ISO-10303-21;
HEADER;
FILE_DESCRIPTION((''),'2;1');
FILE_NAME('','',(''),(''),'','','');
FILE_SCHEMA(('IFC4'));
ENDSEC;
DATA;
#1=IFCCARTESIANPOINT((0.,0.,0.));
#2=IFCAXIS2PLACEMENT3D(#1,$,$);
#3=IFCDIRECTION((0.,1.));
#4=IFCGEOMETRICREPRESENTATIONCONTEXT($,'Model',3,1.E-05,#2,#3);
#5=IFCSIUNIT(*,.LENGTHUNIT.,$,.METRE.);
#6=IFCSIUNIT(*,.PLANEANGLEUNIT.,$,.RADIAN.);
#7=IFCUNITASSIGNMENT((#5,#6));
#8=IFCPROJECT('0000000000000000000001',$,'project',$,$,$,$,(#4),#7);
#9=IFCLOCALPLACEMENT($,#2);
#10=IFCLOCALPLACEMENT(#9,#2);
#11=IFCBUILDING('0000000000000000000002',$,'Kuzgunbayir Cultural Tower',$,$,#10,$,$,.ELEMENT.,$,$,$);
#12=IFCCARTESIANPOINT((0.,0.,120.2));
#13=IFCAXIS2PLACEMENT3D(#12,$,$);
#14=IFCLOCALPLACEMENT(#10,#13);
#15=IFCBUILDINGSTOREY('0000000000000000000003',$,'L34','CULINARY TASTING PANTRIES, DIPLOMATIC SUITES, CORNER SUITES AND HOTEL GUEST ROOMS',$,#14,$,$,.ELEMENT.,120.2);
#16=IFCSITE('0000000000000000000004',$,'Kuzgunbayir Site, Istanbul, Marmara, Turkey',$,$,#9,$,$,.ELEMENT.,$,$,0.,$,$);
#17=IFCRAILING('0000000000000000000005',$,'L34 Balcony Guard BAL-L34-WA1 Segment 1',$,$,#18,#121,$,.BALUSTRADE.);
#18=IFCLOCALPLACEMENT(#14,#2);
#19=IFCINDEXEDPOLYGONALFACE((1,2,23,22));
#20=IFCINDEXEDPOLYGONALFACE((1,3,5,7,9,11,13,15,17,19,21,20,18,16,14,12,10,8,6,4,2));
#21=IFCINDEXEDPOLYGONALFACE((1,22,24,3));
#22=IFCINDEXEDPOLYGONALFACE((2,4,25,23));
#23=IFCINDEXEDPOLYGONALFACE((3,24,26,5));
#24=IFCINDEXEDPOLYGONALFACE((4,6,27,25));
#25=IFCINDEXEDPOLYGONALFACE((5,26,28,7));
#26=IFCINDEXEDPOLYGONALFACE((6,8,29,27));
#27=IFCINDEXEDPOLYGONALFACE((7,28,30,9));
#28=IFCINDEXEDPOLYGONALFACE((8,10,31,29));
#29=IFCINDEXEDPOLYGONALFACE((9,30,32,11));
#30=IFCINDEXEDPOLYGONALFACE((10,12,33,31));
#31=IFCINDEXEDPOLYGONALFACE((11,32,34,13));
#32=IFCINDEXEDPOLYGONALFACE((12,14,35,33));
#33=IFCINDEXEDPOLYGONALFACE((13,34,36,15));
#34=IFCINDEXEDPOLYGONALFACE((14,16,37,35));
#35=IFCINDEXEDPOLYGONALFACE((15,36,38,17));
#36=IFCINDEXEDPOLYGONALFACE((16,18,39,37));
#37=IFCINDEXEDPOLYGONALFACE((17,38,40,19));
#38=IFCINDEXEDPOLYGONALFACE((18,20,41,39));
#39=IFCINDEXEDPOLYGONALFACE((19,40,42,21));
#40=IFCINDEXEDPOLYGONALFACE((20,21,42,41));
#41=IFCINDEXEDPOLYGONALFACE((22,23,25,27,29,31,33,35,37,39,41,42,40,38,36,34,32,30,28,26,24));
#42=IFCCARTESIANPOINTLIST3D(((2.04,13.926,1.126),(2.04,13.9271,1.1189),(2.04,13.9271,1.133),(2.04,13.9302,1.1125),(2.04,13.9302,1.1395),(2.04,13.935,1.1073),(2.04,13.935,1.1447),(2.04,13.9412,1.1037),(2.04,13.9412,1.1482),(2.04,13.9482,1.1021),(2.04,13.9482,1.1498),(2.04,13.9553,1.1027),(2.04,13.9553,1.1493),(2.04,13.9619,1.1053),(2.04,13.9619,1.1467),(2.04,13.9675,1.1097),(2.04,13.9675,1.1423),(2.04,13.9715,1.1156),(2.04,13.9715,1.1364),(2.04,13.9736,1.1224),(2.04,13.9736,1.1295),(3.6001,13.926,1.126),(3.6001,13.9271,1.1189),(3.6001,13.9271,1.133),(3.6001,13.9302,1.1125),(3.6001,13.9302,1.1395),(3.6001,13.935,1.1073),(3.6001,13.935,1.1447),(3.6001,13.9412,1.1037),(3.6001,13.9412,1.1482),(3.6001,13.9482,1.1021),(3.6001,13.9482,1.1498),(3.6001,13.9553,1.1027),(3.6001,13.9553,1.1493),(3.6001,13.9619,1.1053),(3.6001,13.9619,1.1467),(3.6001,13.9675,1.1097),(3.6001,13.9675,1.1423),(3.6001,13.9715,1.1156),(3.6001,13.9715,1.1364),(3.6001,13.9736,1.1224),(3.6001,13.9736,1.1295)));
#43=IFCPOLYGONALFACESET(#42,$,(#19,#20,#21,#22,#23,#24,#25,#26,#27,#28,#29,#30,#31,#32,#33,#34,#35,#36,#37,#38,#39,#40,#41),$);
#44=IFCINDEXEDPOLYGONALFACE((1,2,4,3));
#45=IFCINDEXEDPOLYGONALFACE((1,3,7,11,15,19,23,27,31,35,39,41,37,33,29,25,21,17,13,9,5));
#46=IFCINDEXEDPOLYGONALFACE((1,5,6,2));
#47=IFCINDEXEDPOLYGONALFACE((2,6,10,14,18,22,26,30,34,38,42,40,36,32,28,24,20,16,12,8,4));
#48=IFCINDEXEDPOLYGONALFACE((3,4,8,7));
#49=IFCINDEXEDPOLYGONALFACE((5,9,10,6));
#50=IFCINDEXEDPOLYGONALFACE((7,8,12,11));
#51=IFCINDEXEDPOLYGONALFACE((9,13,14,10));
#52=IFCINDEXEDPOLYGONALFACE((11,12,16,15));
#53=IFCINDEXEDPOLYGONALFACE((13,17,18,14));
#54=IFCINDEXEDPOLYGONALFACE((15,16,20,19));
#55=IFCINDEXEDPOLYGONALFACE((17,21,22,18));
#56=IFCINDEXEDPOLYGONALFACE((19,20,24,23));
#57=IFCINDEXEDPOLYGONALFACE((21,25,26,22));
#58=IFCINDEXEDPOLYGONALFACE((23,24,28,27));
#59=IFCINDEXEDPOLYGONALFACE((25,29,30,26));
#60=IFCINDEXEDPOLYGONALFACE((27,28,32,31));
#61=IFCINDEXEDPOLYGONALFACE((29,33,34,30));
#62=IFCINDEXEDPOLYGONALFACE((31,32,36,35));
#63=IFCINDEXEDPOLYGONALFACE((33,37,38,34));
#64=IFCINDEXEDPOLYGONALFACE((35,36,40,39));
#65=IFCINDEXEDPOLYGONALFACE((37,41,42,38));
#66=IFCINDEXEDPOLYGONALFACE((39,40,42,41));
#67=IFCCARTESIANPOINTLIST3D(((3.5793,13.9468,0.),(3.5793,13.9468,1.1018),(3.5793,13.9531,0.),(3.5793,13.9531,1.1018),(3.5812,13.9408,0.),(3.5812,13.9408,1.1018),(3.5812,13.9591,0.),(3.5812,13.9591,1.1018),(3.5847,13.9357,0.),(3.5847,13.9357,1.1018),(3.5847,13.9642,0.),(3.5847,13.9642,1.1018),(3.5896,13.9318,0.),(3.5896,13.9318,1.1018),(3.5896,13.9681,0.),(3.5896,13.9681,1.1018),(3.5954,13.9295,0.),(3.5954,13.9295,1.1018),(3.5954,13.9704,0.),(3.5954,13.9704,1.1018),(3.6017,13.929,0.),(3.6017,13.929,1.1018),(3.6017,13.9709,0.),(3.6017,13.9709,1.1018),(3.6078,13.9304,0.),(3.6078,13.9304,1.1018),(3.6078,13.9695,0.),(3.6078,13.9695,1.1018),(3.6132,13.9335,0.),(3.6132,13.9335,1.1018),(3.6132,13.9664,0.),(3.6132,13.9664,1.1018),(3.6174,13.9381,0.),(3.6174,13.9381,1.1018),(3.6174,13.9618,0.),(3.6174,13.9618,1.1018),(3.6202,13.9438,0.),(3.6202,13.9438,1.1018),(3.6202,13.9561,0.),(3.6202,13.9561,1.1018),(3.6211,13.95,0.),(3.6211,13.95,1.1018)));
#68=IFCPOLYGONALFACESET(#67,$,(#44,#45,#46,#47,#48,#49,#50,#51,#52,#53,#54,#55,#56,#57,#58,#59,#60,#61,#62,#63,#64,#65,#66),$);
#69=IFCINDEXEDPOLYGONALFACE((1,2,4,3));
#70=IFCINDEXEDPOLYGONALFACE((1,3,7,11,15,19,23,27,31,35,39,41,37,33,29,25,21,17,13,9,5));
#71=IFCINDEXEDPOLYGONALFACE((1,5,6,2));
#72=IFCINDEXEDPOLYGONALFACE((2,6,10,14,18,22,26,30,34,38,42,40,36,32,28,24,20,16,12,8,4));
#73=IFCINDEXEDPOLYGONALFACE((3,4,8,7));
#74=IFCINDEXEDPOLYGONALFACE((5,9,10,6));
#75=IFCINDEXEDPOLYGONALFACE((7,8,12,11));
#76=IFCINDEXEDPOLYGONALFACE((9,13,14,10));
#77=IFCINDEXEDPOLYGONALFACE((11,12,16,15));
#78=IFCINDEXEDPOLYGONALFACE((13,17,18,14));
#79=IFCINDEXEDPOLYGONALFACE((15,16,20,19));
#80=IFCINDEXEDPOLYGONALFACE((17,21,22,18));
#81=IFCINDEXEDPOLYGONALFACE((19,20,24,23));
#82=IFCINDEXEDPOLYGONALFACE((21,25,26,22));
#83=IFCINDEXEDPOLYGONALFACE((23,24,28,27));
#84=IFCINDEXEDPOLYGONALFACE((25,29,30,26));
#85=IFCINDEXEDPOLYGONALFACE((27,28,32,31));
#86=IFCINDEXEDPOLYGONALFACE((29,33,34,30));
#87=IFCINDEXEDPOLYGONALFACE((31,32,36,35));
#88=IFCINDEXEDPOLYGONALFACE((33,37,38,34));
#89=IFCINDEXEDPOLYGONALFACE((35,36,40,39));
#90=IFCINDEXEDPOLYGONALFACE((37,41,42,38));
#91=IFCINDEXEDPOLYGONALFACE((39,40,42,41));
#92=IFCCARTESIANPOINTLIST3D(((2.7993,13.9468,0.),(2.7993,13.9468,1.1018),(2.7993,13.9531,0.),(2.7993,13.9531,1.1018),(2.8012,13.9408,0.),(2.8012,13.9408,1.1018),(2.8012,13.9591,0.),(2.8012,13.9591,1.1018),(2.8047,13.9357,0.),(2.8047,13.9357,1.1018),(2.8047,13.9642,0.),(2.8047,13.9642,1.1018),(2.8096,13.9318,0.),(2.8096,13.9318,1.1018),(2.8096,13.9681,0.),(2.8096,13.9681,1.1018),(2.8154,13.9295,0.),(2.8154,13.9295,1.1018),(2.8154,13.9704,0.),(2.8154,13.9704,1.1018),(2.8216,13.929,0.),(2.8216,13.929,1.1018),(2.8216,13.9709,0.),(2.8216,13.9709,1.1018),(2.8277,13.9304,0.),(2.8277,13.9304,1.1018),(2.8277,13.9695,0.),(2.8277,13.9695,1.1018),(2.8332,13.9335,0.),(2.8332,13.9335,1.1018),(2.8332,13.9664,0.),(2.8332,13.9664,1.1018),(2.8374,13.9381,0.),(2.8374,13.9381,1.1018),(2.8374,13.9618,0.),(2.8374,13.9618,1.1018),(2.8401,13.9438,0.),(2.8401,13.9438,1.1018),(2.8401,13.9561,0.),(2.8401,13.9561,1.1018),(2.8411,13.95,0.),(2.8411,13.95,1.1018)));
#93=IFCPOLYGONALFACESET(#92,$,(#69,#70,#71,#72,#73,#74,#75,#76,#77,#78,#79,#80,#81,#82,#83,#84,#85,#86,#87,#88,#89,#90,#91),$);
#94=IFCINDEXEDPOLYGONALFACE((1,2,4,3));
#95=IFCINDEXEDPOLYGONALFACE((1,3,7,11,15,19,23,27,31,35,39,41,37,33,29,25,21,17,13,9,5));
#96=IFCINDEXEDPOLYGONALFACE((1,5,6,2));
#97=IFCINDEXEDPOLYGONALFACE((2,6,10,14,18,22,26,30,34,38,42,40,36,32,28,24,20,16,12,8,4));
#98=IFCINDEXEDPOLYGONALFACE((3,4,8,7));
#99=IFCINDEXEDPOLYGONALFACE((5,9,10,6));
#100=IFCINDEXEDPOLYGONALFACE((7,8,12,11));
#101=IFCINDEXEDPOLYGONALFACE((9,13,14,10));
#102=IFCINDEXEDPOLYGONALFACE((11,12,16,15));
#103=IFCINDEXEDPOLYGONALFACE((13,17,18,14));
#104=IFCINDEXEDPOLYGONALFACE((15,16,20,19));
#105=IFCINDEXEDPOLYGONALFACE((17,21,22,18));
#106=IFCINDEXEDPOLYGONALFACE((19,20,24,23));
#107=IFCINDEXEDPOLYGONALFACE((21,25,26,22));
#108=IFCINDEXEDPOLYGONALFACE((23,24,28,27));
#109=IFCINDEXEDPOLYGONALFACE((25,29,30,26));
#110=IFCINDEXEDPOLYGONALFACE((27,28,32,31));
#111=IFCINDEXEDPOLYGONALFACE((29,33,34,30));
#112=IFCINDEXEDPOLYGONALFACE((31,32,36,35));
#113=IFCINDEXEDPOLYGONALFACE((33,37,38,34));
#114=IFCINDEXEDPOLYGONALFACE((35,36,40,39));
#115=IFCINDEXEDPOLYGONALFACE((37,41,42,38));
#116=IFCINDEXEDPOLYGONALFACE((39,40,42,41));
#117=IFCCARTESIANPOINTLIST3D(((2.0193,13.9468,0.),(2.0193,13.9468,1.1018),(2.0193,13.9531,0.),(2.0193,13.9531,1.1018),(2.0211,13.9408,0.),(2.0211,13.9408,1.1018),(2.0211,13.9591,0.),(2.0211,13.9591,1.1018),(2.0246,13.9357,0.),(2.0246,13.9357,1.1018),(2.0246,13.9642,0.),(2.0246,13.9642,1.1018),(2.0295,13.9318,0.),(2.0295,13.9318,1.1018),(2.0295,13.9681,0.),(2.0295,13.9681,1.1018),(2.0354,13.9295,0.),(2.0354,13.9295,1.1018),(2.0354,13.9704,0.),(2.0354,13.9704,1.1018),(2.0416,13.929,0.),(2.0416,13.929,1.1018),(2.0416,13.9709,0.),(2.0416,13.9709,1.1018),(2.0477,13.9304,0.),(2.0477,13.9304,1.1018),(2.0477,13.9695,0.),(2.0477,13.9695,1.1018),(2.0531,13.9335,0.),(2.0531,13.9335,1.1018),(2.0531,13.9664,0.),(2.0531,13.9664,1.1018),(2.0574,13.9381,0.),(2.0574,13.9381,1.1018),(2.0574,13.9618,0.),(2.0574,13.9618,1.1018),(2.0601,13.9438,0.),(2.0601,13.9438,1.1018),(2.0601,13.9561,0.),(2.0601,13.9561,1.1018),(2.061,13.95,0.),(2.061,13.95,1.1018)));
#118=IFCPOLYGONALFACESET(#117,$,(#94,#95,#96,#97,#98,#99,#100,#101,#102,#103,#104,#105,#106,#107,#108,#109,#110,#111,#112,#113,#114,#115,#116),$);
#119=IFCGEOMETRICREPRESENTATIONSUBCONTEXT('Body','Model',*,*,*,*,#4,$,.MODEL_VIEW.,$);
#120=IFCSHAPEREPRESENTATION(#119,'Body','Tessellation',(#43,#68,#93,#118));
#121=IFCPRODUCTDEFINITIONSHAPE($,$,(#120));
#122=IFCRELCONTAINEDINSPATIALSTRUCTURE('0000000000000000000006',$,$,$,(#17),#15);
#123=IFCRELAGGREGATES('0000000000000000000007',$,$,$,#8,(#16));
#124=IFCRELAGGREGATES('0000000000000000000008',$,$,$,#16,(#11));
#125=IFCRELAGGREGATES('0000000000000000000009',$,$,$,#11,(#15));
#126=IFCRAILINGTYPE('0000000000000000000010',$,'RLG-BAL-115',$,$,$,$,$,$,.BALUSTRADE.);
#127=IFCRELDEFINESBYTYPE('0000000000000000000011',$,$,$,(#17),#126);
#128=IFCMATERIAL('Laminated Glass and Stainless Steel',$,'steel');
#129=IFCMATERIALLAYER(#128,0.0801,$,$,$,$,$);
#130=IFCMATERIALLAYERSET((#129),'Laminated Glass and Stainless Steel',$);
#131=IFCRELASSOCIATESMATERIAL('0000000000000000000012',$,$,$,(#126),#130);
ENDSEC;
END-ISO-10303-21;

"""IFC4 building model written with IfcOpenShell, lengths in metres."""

from ifc_helpers import new_model, si_unit, direction, frame, origin, origin_2d, place, context, subcontext, project, spatial, circle, extrude, material, layer, layer_set, type_object, element, save


model = new_model("IFC4")

# Units and contexts
model_context = context("Model", 3, precision=1e-05, world=origin(), true_north=direction((0.0, 1.0)))
body_context = subcontext(model_context, "Body", "Model", "MODEL_VIEW")
ifc_project = project(units=[si_unit("LENGTHUNIT", "METRE"), si_unit("PLANEANGLEUNIT", "RADIAN")], contexts=[model_context])

# Site, building, storey
site_placement = place(None, origin())
site = spatial("IfcSite", under=ifc_project, at=site_placement, Name="Kuzgunbayir Site, Istanbul, Marmara, Turkey", CompositionType="ELEMENT", RefElevation=0.0)
building_placement = place(site_placement, origin())
building = spatial("IfcBuilding", under=site, at=building_placement, Name="Kuzgunbayir Cultural Tower", CompositionType="ELEMENT")
storey_placement = place(building_placement, frame((0.0, 0.0, 120.2)))
storey = spatial("IfcBuildingStorey", under=building, at=storey_placement, Name="L34", Description="CULINARY TASTING PANTRIES, DIPLOMATIC SUITES, CORNER SUITES AND HOTEL GUEST ROOMS", CompositionType="ELEMENT", Elevation=120.2)

# Railing
ifc_material_1 = material(Name="Laminated Glass and Stainless Steel", Category="steel")
ifc_layer_1 = layer(ifc_material_1, 0.0801)
ifc_layer_set_1 = layer_set([ifc_layer_1], Name="Laminated Glass and Stainless Steel")
railing_type = type_object("IfcRailingType", Name="RLG-BAL-115", PredefinedType="BALUSTRADE", material=ifc_layer_set_1)
railing_1_placement = place(storey_placement, frame((3.6001, 13.95, 0.0)))
element("IfcRailing", 1, at=railing_1_placement, inside=storey, type_object=railing_type, Name="L34 Balcony Guard BAL-L34-WA1 Segment 1", PredefinedType="BALUSTRADE", context=body_context, shape_type="SweptSolid", body=[
    extrude(circle(Radius=0.0239, at=origin_2d()), frame((0.0, 0.0, 1.126), z_axis=(-1.0, 0.0, 0.0), x_axis=(0.0, -1.0, 0.0)), (0.0, 0.0, 1.0), 1.5601),
    extrude(circle(Radius=0.021, at=origin_2d()), origin(), (0.0, 0.0, 1.0), 1.1018),
    extrude(circle(Radius=0.021, at=origin_2d()), frame((-0.78, 0.0, 0.0)), (0.0, 0.0, 1.0), 1.1018),
    extrude(circle(Radius=0.021, at=origin_2d()), frame((-1.5601, 0.0, 0.0)), (0.0, 0.0, 1.0), 1.1018),
])

save(model, "model.ifc")
